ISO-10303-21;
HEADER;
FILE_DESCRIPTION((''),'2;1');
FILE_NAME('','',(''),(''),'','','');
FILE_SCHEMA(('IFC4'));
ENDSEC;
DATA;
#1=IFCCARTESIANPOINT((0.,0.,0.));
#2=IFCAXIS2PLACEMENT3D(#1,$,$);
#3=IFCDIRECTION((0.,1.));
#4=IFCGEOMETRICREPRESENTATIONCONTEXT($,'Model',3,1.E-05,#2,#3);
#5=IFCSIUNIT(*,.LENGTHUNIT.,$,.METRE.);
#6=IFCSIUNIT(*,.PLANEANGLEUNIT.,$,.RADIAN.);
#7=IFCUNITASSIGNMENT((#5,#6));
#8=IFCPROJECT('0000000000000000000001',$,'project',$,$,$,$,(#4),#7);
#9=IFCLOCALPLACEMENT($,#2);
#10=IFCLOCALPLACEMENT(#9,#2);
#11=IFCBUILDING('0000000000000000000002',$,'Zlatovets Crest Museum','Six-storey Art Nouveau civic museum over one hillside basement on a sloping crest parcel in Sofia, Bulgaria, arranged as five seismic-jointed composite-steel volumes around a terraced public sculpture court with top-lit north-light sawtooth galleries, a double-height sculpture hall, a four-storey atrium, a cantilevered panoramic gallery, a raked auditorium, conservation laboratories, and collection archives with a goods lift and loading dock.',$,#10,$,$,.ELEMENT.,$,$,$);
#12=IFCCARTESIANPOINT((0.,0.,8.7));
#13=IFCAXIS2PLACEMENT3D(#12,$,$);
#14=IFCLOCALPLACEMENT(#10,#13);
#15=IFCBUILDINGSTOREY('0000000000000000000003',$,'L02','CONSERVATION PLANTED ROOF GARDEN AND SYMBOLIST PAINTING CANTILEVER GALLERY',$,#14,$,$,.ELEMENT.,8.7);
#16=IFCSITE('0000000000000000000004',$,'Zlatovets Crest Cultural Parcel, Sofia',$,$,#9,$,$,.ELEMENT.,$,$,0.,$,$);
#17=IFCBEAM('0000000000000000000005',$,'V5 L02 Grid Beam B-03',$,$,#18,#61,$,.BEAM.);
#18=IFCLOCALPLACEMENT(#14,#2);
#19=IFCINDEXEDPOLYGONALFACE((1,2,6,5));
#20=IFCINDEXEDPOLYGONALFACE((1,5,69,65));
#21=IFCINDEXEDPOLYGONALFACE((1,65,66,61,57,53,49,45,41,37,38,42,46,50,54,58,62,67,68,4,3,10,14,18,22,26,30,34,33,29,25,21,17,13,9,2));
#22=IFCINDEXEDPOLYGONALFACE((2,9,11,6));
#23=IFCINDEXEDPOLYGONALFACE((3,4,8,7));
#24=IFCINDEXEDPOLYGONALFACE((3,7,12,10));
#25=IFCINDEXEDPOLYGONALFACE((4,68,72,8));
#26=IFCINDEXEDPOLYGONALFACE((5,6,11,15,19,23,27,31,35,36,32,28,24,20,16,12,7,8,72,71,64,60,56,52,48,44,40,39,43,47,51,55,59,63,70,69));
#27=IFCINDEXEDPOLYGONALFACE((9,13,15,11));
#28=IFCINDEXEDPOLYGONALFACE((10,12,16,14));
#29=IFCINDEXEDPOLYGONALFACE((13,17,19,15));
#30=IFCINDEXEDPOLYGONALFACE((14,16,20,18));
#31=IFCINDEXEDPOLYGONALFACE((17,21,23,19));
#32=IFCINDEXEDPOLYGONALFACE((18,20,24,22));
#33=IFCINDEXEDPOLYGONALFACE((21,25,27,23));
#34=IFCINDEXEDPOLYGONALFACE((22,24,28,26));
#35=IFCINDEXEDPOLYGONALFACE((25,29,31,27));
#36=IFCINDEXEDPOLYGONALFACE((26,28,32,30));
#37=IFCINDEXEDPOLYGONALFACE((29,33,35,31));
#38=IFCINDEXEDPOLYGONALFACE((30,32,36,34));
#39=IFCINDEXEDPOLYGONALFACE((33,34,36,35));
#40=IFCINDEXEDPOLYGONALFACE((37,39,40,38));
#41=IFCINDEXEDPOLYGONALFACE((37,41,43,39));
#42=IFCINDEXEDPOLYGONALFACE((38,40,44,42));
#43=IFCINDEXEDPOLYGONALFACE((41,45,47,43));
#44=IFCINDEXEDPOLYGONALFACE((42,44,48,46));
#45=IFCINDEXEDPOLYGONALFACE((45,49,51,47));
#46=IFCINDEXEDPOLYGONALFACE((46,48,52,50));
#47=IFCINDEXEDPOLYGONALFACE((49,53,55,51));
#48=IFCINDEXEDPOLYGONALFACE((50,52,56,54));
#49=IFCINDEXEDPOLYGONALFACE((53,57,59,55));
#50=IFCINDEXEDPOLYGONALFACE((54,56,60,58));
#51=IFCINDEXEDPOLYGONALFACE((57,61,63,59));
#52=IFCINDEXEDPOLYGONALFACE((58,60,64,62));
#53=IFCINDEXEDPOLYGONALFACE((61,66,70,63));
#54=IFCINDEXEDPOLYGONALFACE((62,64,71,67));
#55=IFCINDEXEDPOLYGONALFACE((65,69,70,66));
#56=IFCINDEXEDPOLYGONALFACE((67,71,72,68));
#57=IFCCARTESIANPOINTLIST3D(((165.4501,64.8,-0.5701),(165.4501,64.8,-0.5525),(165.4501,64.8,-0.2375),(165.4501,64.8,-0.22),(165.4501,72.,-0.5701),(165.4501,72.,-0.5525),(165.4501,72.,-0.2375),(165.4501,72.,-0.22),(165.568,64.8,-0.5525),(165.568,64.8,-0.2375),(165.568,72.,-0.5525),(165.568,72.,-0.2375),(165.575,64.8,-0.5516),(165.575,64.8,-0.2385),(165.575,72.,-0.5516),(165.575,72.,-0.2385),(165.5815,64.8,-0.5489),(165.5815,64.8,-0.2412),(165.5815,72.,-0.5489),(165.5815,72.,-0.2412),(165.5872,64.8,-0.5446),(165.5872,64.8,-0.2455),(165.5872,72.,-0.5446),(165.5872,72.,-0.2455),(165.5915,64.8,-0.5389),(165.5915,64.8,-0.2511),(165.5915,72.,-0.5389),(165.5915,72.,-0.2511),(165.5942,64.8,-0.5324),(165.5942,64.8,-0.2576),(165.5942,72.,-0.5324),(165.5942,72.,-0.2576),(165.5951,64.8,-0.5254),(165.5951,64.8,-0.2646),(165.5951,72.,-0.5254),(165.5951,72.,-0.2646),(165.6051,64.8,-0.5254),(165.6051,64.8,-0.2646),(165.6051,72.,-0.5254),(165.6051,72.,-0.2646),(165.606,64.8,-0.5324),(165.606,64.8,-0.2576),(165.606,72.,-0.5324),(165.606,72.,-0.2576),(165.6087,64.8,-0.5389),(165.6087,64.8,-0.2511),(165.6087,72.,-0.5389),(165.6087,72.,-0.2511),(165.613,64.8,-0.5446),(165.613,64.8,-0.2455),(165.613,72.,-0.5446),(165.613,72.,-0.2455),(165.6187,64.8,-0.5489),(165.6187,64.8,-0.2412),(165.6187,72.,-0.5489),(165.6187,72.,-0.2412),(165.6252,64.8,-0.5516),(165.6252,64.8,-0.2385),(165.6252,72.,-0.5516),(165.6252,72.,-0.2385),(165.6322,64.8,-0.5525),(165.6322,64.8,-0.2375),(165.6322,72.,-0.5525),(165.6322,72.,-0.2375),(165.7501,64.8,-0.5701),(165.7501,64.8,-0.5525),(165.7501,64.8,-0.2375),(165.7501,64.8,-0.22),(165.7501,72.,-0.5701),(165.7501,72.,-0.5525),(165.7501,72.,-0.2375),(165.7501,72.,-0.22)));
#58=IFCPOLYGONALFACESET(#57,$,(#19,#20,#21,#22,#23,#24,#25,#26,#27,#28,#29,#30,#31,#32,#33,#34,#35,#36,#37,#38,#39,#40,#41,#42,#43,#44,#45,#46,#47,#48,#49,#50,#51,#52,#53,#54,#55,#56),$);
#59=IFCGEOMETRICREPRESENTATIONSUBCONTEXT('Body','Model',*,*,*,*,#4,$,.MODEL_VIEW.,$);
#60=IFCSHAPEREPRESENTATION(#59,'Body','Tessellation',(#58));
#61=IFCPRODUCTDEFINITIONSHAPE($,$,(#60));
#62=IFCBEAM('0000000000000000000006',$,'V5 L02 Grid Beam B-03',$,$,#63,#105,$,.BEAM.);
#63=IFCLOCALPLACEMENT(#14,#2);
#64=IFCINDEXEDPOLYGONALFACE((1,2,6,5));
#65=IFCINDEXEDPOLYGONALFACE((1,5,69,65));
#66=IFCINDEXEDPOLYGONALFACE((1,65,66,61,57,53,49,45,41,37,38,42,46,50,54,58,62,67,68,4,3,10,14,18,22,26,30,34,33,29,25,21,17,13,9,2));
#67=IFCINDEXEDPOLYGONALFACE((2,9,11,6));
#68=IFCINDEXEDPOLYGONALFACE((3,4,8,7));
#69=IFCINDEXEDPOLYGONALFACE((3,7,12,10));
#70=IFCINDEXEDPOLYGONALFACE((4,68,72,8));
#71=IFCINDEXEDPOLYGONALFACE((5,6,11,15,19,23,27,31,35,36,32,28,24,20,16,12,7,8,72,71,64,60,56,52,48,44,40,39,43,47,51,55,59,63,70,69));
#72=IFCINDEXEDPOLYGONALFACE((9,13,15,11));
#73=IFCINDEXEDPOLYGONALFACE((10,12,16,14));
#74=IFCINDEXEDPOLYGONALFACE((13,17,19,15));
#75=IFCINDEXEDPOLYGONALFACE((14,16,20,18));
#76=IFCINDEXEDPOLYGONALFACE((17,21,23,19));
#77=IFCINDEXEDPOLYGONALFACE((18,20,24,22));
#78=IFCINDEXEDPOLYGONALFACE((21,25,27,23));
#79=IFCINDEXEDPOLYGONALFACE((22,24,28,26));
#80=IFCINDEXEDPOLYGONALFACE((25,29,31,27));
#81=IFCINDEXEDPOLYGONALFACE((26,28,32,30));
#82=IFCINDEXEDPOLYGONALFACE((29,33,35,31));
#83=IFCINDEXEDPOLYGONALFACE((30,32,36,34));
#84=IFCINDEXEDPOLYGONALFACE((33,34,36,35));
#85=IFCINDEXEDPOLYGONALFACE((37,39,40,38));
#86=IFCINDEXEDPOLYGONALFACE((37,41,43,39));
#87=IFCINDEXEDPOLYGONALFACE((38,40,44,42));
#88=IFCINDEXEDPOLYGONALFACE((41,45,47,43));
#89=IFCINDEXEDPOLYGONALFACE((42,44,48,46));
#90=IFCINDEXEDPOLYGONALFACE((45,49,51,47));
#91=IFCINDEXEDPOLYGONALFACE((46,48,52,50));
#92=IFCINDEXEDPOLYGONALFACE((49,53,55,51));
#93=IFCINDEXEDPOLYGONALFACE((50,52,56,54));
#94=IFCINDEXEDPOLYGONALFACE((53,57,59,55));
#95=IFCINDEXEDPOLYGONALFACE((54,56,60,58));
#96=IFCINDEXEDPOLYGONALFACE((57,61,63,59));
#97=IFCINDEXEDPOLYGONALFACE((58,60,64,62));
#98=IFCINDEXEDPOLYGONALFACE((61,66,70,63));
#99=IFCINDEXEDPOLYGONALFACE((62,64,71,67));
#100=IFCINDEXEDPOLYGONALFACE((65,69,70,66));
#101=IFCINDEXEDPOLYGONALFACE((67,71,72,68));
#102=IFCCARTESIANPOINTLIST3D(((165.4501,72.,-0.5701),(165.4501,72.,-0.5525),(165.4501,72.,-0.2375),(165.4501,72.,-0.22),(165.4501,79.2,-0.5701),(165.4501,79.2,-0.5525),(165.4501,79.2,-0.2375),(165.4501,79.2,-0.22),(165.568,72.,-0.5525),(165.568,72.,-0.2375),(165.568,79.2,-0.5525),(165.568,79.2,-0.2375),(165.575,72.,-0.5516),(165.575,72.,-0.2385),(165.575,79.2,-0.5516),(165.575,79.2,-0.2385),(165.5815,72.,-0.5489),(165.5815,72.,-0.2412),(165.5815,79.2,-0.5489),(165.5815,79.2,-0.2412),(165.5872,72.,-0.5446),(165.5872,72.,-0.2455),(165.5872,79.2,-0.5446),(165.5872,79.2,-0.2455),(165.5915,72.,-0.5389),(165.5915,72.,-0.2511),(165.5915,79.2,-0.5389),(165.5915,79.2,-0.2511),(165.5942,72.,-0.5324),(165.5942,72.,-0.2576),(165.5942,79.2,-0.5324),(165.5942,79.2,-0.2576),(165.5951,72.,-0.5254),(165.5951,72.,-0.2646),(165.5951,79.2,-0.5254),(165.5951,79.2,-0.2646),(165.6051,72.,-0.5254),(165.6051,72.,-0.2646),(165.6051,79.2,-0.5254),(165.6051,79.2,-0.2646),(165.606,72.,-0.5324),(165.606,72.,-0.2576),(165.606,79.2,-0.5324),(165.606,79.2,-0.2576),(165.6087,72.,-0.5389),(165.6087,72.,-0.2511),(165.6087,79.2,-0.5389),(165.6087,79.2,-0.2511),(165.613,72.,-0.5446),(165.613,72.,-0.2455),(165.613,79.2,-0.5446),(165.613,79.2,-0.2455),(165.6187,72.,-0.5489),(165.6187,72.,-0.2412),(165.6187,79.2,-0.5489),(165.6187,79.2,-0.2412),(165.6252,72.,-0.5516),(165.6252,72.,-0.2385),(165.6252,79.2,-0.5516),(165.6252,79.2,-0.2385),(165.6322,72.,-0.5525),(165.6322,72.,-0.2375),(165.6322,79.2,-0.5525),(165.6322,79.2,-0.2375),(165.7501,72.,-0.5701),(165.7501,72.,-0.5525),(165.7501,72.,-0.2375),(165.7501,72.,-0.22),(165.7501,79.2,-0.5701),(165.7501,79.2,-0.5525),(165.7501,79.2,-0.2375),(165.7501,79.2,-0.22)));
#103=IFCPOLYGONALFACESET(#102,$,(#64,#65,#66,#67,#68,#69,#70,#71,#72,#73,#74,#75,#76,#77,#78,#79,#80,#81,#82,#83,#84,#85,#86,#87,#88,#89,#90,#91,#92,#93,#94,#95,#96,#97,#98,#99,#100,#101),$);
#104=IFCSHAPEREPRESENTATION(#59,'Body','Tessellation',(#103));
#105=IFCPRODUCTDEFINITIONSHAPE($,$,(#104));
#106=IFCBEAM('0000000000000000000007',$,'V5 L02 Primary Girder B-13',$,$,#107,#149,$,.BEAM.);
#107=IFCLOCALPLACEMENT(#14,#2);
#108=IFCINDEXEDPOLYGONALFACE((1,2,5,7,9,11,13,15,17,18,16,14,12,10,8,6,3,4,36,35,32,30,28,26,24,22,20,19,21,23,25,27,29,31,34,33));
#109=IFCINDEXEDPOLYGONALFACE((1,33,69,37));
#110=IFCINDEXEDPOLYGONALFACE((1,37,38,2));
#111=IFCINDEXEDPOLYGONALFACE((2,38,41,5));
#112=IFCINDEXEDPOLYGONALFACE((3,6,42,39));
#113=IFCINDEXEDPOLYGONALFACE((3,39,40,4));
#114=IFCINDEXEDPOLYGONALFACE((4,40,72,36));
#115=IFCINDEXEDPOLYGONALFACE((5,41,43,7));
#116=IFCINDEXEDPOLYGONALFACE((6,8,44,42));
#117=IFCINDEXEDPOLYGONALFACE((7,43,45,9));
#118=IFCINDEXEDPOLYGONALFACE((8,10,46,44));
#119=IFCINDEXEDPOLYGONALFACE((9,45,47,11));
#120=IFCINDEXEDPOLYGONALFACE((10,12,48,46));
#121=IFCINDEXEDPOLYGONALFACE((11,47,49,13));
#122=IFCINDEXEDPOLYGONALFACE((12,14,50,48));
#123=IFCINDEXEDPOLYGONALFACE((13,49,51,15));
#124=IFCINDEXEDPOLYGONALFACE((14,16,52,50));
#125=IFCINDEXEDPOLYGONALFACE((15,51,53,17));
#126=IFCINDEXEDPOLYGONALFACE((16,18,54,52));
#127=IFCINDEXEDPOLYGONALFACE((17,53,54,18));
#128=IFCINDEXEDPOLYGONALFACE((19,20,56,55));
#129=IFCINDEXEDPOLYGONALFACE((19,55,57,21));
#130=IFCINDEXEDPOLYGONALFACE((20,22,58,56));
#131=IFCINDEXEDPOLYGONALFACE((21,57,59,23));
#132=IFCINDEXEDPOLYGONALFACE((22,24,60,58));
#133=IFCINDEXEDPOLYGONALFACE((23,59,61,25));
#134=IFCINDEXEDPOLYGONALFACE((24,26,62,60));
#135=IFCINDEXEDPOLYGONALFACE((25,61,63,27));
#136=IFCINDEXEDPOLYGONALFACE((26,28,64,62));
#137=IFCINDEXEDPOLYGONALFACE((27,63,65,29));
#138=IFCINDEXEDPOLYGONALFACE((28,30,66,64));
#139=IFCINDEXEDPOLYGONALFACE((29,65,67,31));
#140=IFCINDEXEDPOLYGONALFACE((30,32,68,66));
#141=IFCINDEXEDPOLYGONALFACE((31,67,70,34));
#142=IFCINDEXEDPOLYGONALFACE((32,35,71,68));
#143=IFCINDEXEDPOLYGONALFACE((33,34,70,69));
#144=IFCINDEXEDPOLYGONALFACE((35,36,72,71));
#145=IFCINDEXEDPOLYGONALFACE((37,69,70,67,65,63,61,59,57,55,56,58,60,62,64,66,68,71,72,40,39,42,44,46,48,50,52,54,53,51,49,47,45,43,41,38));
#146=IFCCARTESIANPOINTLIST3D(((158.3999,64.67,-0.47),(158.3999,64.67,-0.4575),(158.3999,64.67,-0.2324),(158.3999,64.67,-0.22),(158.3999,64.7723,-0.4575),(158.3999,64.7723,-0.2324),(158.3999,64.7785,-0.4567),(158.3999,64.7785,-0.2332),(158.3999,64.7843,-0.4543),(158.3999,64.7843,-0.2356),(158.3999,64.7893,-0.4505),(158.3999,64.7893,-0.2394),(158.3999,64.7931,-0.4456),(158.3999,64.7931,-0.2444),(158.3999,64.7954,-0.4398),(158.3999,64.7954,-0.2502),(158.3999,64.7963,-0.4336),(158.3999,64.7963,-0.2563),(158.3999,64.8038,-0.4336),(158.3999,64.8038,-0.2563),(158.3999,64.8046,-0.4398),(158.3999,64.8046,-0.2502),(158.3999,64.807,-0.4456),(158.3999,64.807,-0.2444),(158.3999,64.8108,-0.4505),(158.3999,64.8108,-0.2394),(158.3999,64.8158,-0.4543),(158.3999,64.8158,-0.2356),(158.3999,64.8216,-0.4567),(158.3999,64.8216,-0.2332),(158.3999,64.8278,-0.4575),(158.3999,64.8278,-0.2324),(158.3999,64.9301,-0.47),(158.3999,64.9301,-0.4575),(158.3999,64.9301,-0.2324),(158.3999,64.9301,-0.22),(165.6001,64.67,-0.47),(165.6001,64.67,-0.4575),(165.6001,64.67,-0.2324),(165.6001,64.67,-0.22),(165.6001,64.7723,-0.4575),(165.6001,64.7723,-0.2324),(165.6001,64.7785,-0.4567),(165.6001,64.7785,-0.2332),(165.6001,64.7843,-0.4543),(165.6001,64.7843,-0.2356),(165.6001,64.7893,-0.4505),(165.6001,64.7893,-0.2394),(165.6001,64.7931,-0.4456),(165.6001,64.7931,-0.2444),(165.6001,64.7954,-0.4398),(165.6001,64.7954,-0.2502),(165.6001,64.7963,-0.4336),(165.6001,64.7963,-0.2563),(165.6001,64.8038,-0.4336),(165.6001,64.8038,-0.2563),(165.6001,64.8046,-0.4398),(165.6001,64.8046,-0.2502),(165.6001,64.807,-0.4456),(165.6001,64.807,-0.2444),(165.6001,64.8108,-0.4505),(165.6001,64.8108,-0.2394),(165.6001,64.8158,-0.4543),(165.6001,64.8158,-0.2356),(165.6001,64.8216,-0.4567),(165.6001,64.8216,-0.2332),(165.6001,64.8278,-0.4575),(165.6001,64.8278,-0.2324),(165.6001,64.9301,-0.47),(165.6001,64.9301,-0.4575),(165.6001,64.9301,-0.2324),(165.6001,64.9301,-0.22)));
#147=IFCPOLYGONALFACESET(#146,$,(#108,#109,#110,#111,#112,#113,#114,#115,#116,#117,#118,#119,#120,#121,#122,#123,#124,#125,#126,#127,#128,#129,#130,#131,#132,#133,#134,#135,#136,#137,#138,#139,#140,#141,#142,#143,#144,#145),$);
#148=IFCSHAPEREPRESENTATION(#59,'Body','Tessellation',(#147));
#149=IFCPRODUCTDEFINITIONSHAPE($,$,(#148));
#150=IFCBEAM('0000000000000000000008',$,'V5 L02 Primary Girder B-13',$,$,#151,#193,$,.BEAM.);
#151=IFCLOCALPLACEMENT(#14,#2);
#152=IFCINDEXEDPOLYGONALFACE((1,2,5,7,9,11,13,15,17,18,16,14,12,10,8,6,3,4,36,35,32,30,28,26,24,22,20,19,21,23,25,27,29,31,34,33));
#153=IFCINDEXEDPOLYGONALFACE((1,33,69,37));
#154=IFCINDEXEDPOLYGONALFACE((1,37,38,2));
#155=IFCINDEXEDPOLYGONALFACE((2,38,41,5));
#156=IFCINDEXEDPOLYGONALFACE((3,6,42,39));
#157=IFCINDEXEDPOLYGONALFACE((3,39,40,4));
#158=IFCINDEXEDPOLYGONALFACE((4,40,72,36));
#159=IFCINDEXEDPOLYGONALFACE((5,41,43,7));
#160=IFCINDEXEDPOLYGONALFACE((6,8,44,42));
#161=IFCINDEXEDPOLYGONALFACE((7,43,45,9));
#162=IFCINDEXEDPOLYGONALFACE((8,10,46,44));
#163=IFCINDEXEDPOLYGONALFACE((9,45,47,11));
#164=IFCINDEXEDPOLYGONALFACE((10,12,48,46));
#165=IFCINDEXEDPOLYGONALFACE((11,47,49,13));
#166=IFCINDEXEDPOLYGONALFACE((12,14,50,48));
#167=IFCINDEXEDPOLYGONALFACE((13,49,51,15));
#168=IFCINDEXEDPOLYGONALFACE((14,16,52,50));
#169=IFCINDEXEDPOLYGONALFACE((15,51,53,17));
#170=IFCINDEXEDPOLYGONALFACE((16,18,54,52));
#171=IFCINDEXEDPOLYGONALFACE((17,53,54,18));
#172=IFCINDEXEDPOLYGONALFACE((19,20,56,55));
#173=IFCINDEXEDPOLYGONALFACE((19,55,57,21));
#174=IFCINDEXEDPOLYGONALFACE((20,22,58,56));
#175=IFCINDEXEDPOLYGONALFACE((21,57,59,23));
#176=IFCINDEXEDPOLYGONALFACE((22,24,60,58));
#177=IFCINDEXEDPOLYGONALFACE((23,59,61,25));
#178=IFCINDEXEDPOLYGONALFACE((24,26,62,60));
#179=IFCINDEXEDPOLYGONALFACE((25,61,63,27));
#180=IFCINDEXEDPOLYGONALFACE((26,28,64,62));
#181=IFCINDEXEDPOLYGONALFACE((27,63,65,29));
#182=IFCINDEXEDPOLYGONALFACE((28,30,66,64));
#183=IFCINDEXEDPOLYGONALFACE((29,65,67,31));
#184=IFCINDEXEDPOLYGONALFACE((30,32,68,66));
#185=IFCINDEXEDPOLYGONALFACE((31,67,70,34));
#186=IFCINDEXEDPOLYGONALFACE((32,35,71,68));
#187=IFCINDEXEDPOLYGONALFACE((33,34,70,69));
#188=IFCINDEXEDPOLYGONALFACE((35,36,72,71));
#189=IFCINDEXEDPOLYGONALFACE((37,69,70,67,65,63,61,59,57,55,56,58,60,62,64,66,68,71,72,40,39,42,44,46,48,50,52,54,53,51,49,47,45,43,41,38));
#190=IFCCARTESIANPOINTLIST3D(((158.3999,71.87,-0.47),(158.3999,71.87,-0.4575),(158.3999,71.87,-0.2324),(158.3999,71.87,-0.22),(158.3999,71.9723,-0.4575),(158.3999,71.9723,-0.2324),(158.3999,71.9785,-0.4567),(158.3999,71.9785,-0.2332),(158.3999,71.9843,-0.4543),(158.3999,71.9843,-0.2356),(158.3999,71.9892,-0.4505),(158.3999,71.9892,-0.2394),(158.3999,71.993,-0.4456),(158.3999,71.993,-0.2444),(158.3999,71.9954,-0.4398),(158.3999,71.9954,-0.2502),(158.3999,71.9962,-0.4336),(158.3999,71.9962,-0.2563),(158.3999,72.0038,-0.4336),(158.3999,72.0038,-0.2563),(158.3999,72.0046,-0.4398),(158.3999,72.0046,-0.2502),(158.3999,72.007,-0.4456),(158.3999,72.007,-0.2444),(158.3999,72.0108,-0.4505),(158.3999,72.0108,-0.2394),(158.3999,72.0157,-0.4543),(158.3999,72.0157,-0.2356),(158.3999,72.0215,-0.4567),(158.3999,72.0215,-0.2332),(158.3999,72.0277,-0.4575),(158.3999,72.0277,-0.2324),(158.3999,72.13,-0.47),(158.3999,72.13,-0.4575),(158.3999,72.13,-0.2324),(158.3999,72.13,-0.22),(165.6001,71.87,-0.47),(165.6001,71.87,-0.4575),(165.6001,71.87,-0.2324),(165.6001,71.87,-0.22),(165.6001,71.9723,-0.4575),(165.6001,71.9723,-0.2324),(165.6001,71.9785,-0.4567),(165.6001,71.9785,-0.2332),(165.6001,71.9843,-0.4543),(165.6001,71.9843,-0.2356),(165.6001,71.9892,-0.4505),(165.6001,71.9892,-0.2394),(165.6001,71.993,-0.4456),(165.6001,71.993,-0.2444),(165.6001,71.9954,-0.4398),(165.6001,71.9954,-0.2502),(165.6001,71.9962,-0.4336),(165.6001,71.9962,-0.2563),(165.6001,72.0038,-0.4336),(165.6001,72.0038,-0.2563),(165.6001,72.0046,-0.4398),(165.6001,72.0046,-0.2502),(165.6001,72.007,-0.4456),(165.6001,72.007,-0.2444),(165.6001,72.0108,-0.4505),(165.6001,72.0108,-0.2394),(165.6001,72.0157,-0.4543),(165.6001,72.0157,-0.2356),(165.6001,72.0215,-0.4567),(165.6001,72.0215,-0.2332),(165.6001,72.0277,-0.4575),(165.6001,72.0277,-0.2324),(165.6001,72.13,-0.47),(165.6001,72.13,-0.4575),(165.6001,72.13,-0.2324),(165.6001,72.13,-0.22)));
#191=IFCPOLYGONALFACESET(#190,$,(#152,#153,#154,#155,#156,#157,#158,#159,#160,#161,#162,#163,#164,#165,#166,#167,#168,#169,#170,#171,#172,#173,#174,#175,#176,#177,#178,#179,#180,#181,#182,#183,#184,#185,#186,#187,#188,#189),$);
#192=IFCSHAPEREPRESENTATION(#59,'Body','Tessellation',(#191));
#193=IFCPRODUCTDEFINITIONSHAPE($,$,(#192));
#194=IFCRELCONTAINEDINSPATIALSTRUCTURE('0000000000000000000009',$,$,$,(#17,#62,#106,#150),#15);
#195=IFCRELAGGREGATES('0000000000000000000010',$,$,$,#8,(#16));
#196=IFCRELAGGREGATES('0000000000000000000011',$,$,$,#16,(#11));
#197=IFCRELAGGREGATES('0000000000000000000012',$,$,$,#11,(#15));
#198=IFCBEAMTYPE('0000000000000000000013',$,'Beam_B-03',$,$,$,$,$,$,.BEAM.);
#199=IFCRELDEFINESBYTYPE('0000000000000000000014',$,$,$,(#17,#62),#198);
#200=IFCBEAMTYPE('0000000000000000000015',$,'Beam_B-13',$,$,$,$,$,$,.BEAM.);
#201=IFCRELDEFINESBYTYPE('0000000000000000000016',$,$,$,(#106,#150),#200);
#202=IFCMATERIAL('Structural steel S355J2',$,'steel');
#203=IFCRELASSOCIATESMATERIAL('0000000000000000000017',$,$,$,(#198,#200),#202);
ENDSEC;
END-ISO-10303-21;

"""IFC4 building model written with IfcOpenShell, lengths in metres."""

from ifc_helpers import new_model, si_unit, direction, frame, origin, origin_2d, place, context, subcontext, project, spatial, i_section, extrude, material, material_profile, profile_set, type_object, element, save


model = new_model("IFC4")

# Units and contexts
model_context = context("Model", 3, precision=1e-05, world=origin(), true_north=direction((0.0, 1.0)))
body_context = subcontext(model_context, "Body", "Model", "MODEL_VIEW")
ifc_project = project(units=[si_unit("LENGTHUNIT", "METRE"), si_unit("PLANEANGLEUNIT", "RADIAN")], contexts=[model_context])

# Site, building, storey
site_placement = place(None, origin())
site = spatial("IfcSite", under=ifc_project, at=site_placement, Name="Zlatovets Crest Cultural Parcel, Sofia", CompositionType="ELEMENT", RefElevation=0.0)
building_placement = place(site_placement, origin())
building = spatial("IfcBuilding", under=site, at=building_placement, Name="Zlatovets Crest Museum", Description="Six-storey Art Nouveau civic museum over one hillside basement on a sloping crest parcel in Sofia, Bulgaria, arranged as five seismic-jointed composite-steel volumes around a terraced public sculpture court with top-lit north-light sawtooth galleries, a double-height sculpture hall, a four-storey atrium, a cantilevered panoramic gallery, a raked auditorium, conservation laboratories, and collection archives with a goods lift and loading dock.", CompositionType="ELEMENT")
storey_placement = place(building_placement, frame((0.0, 0.0, 8.7)))
storey = spatial("IfcBuildingStorey", under=building, at=storey_placement, Name="L02", Description="CONSERVATION PLANTED ROOF GARDEN AND SYMBOLIST PAINTING CANTILEVER GALLERY", CompositionType="ELEMENT", Elevation=8.7)

# Shared definitions
ifc_material_1 = material(Name="Structural steel S355J2", Category="steel")

# Beams
ifc_material_profile_1 = material_profile(ifc_material_1, i_section(OverallWidth=0.3, OverallDepth=0.3501, WebThickness=0.01, FlangeThickness=0.0176, FilletRadius=0.0271, at=origin_2d()), Name="HEA 360")
ifc_profile_set_1 = profile_set([ifc_material_profile_1], Name="Structural steel S355J2")
beam_type_1 = type_object("IfcBeamType", Name="Beam_B-03", PredefinedType="BEAM", material=ifc_profile_set_1)
for number, where, z_axis, x_axis, name in (
    (1, (165.6001, 64.8, -0.395), (0.0, 1.0, 0.0), (-1.0, 0.0, 0.0), "V5 L02 Grid Beam B-03"),
    (2, (165.6001, 72.0, -0.395), (0.0, 1.0, 0.0), (-1.0, 0.0, 0.0), "V5 L02 Grid Beam B-03"),
):
    element("IfcBeam", number, at=place(storey_placement, frame(where, z_axis=z_axis, x_axis=x_axis)), inside=storey, type_object=beam_type_1, Name=name, PredefinedType="BEAM", context=body_context, shape_type="SweptSolid", body=[
        extrude(i_section(OverallWidth=0.3, OverallDepth=0.3501, WebThickness=0.01, FlangeThickness=0.0176, FilletRadius=0.0271, at=origin_2d()), origin(), (0.0, 0.0, 1.0), 7.2),
    ])
ifc_material_profile_2 = material_profile(ifc_material_1, i_section(OverallWidth=0.26, OverallDepth=0.25, WebThickness=0.0076, FlangeThickness=0.0125, FilletRadius=0.0239, at=origin_2d()), Name="HEA 260")
ifc_profile_set_2 = profile_set([ifc_material_profile_2], Name="Structural steel S355J2")
beam_type_2 = type_object("IfcBeamType", Name="Beam_B-13", PredefinedType="BEAM", material=ifc_profile_set_2)
for number, where, z_axis, x_axis, name in (
    (3, (158.3999, 64.8, -0.345), (1.0, 0.0, 0.0), (0.0, 1.0, 0.0), "V5 L02 Primary Girder B-13"),
    (4, (158.3999, 72.0, -0.345), (1.0, 0.0, 0.0), (0.0, 1.0, 0.0), "V5 L02 Primary Girder B-13"),
):
    element("IfcBeam", number, at=place(storey_placement, frame(where, z_axis=z_axis, x_axis=x_axis)), inside=storey, type_object=beam_type_2, Name=name, PredefinedType="BEAM", context=body_context, shape_type="SweptSolid", body=[
        extrude(i_section(OverallWidth=0.26, OverallDepth=0.25, WebThickness=0.0076, FlangeThickness=0.0125, FilletRadius=0.0239, at=origin_2d()), origin(), (0.0, 0.0, 1.0), 7.2002),
    ])

save(model, "model.ifc")
